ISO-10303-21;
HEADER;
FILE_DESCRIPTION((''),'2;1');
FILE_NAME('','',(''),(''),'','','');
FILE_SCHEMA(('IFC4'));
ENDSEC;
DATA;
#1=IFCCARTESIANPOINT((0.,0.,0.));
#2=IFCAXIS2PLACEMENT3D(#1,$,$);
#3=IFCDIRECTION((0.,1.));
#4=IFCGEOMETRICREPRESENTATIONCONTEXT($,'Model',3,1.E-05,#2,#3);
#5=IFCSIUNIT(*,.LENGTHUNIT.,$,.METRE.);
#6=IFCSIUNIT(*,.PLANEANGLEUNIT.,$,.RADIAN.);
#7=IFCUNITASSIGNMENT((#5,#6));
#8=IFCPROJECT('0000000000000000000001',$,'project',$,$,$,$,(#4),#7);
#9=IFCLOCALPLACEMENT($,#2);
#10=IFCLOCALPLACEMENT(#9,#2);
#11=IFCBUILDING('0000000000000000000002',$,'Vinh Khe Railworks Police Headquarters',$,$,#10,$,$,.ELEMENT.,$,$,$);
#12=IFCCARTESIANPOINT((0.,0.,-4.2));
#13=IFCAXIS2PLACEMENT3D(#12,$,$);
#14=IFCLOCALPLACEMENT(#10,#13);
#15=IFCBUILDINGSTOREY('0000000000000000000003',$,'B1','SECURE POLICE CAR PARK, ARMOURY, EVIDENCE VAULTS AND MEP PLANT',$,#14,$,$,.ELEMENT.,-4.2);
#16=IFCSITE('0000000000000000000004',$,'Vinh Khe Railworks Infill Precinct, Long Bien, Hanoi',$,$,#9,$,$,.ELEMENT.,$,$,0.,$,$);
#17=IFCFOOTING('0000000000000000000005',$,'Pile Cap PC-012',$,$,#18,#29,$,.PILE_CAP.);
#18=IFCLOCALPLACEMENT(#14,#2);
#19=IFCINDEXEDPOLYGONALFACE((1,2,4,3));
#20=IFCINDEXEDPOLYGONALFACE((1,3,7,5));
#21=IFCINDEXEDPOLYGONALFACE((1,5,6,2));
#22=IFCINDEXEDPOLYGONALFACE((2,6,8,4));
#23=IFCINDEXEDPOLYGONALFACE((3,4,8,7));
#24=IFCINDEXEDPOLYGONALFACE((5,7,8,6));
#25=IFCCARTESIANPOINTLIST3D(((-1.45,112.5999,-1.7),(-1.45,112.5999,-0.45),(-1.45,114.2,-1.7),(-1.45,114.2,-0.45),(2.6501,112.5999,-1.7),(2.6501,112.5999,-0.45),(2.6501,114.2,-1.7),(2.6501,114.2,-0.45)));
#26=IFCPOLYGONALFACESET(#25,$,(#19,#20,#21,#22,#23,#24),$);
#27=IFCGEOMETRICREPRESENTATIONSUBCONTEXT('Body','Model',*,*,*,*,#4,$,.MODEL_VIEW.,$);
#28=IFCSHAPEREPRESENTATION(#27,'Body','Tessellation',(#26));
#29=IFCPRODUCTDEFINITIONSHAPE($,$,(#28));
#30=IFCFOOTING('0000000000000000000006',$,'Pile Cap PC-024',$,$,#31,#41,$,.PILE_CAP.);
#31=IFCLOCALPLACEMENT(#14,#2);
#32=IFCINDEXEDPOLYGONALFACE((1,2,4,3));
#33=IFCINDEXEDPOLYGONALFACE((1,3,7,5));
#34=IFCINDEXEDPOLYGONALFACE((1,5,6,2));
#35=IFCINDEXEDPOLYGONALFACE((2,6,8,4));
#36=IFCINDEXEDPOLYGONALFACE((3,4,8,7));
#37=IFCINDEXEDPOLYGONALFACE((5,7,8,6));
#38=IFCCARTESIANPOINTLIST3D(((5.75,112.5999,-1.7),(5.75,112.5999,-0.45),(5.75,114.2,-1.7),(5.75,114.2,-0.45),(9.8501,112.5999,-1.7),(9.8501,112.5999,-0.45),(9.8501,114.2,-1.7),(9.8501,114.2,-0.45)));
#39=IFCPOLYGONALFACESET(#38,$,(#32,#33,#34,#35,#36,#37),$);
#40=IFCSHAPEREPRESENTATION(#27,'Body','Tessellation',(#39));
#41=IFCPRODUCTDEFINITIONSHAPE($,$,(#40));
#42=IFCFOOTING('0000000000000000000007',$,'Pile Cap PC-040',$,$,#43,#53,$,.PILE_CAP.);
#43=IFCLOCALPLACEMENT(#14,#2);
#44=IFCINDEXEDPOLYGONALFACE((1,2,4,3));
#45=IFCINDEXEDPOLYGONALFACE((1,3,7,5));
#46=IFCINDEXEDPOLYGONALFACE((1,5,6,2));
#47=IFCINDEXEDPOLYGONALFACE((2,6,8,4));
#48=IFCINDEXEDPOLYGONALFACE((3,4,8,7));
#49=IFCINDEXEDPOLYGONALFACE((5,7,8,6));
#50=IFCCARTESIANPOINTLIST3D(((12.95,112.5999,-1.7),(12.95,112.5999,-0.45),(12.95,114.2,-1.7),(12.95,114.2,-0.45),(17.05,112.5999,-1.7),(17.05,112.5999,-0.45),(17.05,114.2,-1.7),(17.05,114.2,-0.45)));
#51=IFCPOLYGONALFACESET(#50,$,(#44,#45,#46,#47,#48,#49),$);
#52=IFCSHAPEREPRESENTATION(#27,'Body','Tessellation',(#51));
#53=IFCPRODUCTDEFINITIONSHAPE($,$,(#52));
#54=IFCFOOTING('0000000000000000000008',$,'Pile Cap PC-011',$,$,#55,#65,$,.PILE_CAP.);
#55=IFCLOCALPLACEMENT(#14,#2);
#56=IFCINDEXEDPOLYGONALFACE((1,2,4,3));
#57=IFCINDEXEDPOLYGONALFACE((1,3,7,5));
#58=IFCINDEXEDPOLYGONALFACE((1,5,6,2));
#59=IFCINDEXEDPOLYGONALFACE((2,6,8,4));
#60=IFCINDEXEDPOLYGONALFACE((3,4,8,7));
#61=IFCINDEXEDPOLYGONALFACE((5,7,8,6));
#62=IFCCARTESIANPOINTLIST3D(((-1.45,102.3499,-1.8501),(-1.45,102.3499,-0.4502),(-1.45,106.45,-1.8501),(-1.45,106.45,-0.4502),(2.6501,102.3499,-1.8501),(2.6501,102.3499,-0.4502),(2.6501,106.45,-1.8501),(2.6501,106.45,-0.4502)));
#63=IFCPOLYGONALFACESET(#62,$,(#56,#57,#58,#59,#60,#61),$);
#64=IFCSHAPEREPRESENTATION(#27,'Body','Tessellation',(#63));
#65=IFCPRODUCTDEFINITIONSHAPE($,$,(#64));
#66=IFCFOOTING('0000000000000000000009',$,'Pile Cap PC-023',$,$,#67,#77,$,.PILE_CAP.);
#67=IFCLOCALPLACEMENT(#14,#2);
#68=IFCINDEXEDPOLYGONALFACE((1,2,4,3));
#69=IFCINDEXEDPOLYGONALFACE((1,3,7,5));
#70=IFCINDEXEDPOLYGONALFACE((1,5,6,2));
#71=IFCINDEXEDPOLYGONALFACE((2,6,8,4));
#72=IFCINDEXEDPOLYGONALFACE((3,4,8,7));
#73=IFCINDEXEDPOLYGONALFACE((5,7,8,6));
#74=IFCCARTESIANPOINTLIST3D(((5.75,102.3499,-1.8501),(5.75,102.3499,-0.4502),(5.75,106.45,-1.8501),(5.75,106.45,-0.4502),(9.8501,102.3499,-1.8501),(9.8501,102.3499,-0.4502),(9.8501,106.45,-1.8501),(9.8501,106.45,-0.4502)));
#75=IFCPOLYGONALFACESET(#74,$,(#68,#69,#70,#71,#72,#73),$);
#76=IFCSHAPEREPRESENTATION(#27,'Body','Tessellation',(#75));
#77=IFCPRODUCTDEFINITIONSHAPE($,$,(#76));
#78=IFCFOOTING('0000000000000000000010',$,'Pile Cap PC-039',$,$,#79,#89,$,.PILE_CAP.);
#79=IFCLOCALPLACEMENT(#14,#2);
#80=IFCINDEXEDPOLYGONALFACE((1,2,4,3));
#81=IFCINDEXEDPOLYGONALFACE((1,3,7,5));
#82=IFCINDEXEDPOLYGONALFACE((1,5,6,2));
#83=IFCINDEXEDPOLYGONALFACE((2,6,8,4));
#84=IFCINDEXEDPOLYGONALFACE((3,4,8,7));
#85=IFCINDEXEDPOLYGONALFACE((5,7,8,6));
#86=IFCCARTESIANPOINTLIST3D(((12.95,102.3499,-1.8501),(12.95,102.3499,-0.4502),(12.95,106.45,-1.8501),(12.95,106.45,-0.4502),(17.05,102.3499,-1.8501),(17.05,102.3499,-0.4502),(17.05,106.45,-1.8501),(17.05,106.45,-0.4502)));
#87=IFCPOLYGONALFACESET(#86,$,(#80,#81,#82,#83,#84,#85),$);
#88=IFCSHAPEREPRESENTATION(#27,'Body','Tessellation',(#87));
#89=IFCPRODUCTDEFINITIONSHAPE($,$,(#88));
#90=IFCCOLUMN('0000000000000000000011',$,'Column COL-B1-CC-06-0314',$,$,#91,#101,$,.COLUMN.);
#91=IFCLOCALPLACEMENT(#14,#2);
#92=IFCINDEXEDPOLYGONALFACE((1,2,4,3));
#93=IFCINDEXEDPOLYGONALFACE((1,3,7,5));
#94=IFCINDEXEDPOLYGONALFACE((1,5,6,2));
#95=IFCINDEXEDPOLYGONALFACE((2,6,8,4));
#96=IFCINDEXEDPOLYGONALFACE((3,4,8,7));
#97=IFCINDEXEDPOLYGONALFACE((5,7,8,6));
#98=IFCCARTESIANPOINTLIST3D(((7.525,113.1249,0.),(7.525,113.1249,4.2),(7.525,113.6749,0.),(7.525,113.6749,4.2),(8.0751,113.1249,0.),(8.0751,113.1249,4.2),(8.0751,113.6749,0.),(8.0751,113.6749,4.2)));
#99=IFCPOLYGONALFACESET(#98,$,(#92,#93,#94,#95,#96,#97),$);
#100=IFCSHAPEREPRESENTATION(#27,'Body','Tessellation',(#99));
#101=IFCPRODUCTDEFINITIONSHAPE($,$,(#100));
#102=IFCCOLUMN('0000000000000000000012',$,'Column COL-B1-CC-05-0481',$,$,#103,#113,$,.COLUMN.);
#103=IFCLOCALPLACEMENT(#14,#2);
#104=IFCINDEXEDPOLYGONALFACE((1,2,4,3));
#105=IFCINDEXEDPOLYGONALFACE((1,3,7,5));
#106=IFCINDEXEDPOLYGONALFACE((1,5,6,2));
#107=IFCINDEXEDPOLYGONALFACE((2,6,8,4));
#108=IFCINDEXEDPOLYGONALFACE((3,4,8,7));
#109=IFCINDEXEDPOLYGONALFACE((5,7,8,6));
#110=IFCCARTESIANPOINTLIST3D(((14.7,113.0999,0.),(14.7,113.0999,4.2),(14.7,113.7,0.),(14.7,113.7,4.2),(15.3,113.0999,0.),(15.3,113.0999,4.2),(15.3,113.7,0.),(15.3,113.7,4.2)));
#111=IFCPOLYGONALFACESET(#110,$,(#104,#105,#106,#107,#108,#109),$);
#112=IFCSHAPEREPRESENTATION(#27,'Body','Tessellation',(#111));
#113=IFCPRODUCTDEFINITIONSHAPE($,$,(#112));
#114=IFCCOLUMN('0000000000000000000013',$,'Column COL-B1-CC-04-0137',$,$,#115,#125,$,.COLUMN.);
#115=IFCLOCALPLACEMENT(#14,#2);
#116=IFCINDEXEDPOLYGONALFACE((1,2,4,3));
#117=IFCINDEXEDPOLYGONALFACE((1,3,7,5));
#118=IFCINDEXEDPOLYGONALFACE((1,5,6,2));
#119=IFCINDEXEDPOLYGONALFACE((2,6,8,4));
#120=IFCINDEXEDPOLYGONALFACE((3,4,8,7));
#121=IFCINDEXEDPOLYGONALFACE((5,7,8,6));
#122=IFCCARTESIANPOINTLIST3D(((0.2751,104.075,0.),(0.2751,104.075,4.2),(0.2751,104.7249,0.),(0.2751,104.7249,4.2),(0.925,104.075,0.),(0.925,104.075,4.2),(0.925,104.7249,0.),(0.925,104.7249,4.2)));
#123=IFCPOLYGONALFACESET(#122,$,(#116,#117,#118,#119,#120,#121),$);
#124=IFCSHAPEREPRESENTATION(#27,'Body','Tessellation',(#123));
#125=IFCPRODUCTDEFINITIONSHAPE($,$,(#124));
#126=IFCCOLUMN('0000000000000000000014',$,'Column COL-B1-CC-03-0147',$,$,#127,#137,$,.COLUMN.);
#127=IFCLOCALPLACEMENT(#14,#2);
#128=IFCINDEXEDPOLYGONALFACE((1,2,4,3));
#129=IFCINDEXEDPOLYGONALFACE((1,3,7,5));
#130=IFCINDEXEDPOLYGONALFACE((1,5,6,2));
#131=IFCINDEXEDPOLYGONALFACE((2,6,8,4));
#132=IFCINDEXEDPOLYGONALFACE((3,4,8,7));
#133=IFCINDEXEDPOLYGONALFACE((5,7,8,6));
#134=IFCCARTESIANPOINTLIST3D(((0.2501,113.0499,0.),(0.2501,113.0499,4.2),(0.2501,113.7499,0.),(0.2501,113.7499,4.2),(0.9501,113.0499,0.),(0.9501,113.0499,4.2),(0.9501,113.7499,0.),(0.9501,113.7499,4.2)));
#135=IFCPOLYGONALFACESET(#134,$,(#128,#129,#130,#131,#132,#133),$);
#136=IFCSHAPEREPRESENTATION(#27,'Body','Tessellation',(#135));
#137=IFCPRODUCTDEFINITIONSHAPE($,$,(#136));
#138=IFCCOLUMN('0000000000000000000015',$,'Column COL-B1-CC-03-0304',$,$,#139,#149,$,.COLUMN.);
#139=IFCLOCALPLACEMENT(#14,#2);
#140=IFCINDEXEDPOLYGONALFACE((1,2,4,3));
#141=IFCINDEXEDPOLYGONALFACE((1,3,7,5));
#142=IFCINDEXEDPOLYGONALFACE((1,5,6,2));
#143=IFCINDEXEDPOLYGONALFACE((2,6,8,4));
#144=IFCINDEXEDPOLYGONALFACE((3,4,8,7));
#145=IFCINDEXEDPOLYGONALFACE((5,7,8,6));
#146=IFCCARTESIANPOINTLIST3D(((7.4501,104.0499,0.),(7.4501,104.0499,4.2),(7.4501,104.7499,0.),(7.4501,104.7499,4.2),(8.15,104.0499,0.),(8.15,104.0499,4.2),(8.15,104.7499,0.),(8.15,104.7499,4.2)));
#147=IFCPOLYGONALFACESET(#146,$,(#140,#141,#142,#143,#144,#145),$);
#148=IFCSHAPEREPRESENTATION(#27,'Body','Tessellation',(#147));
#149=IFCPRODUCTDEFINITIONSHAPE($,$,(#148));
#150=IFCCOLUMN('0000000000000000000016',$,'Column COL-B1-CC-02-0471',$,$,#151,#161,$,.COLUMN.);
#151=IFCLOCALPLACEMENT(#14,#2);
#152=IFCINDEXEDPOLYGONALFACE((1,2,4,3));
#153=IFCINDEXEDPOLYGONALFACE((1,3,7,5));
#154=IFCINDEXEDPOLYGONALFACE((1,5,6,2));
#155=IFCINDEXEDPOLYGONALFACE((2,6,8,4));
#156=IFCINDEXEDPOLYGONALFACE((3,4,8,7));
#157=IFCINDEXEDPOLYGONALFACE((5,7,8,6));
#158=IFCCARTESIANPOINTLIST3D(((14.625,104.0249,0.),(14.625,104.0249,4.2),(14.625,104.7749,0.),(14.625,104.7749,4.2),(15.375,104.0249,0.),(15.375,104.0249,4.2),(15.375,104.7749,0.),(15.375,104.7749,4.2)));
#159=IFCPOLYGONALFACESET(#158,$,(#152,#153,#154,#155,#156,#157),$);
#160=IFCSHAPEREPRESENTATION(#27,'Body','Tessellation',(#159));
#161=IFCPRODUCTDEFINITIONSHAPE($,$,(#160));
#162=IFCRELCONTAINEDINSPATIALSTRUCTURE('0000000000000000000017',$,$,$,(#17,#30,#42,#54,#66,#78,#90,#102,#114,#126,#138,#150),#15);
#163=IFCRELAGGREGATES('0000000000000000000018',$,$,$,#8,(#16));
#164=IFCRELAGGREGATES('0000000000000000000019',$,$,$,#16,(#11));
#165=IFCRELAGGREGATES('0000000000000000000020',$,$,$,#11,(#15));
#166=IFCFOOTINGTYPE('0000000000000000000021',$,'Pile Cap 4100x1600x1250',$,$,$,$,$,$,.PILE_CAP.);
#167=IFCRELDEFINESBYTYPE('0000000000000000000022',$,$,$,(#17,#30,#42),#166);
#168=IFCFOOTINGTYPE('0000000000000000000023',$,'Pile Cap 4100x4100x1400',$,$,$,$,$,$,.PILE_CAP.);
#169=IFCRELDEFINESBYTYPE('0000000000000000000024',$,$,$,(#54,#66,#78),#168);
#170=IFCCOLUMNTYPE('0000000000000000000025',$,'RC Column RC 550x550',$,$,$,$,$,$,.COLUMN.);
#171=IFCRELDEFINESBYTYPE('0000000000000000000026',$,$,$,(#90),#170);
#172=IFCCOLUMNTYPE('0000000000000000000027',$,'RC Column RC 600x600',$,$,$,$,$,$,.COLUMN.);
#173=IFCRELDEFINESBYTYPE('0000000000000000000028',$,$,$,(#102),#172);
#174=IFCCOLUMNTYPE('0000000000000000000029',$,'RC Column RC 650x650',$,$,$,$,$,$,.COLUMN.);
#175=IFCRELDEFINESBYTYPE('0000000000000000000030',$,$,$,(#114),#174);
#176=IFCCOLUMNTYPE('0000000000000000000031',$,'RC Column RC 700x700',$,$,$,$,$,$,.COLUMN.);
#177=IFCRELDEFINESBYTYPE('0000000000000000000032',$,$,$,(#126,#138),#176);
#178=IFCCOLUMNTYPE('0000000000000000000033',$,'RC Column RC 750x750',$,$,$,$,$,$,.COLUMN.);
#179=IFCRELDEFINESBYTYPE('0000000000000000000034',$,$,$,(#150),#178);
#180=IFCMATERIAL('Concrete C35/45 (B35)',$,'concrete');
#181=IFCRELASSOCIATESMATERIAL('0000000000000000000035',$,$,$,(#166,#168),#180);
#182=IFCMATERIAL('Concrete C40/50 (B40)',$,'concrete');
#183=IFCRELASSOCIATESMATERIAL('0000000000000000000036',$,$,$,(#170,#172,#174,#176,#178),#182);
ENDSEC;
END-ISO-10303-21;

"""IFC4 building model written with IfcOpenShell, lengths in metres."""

from ifc_helpers import new_model, si_unit, direction, frame, origin, origin_2d, place, context, subcontext, project, spatial, rectangle, extrude, material, material_profile, profile_set, type_object, element, save


model = new_model("IFC4")

# Units and contexts
model_context = context("Model", 3, precision=1e-05, world=origin(), true_north=direction((0.0, 1.0)))
body_context = subcontext(model_context, "Body", "Model", "MODEL_VIEW")
ifc_project = project(units=[si_unit("LENGTHUNIT", "METRE"), si_unit("PLANEANGLEUNIT", "RADIAN")], contexts=[model_context])

# Site, building, storey
site_placement = place(None, origin())
site = spatial("IfcSite", under=ifc_project, at=site_placement, Name="Vinh Khe Railworks Infill Precinct, Long Bien, Hanoi", CompositionType="ELEMENT", RefElevation=0.0)
building_placement = place(site_placement, origin())
building = spatial("IfcBuilding", under=site, at=building_placement, Name="Vinh Khe Railworks Police Headquarters", CompositionType="ELEMENT")
storey_placement = place(building_placement, frame((0.0, 0.0, -4.2)))
storey = spatial("IfcBuildingStorey", under=building, at=storey_placement, Name="B1", Description="SECURE POLICE CAR PARK, ARMOURY, EVIDENCE VAULTS AND MEP PLANT", CompositionType="ELEMENT", Elevation=-4.2)

# Shared definitions
ifc_material_1 = material(Name="Concrete C35/45 (B35)", Category="concrete")

# Footings
footing_type_1 = type_object("IfcFootingType", Name="Pile Cap 4100x1600x1250", PredefinedType="PILE_CAP", material=ifc_material_1)
for number, where, z_axis, x_axis, name in (
    (1, (0.6001, 113.3999, -1.7), (0.0, 0.0, 1.0), (1.0, 0.0, 0.0), "Pile Cap PC-012"),
    (2, (7.8, 113.3999, -1.7), (0.0, 0.0, 1.0), (1.0, 0.0, 0.0), "Pile Cap PC-024"),
    (3, (15.0, 113.3999, -1.7), (0.0, 0.0, 1.0), (1.0, 0.0, 0.0), "Pile Cap PC-040"),
):
    element("IfcFooting", number, at=place(storey_placement, frame(where, z_axis=z_axis, x_axis=x_axis)), inside=storey, type_object=footing_type_1, Name=name, PredefinedType="PILE_CAP", context=body_context, shape_type="SweptSolid", body=[
        extrude(rectangle(XDim=4.1001, YDim=1.6001, at=origin_2d()), origin(), (0.0, 0.0, 1.0), 1.25),
    ])
footing_type_2 = type_object("IfcFootingType", Name="Pile Cap 4100x4100x1400", PredefinedType="PILE_CAP", material=ifc_material_1)
for number, where, z_axis, x_axis, name in (
    (4, (0.6001, 104.3999, -1.8501), (0.0, 0.0, 1.0), (1.0, 0.0, 0.0), "Pile Cap PC-011"),
    (5, (7.8, 104.3999, -1.8501), (0.0, 0.0, 1.0), (1.0, 0.0, 0.0), "Pile Cap PC-023"),
    (6, (15.0, 104.3999, -1.8501), (0.0, 0.0, 1.0), (1.0, 0.0, 0.0), "Pile Cap PC-039"),
):
    element("IfcFooting", number, at=place(storey_placement, frame(where, z_axis=z_axis, x_axis=x_axis)), inside=storey, type_object=footing_type_2, Name=name, PredefinedType="PILE_CAP", context=body_context, shape_type="SweptSolid", body=[
        extrude(rectangle(XDim=4.1001, YDim=4.1001, at=origin_2d()), origin(), (0.0, 0.0, 1.0), 1.3999),
    ])

# Columns
ifc_material_2 = material(Name="Concrete C40/50 (B40)", Category="concrete")
ifc_material_profile_1 = material_profile(ifc_material_2, rectangle(XDim=0.55, YDim=0.55, at=origin_2d()), Name="RC 550x550")
ifc_profile_set_1 = profile_set([ifc_material_profile_1], Name="Concrete C40/50 (B40)")
column_type_1 = type_object("IfcColumnType", Name="RC Column RC 550x550", PredefinedType="COLUMN", material=ifc_profile_set_1)
column_1_placement = place(storey_placement, frame((7.8, 113.3999, 0.0), z_axis=(0.0, 0.0, 1.0), x_axis=(1.0, 0.0, 0.0)))
element("IfcColumn", 7, at=column_1_placement, inside=storey, type_object=column_type_1, Name="Column COL-B1-CC-06-0314", PredefinedType="COLUMN", context=body_context, shape_type="SweptSolid", body=[
    extrude(rectangle(XDim=0.55, YDim=0.55, at=origin_2d()), origin(), (0.0, 0.0, 1.0), 4.2),
])
ifc_material_profile_2 = material_profile(ifc_material_2, rectangle(XDim=0.6001, YDim=0.6001, at=origin_2d()), Name="RC 600x600")
ifc_profile_set_2 = profile_set([ifc_material_profile_2], Name="Concrete C40/50 (B40)")
column_type_2 = type_object("IfcColumnType", Name="RC Column RC 600x600", PredefinedType="COLUMN", material=ifc_profile_set_2)
column_2_placement = place(storey_placement, frame((15.0, 113.3999, 0.0), z_axis=(0.0, 0.0, 1.0), x_axis=(1.0, 0.0, 0.0)))
element("IfcColumn", 8, at=column_2_placement, inside=storey, type_object=column_type_2, Name="Column COL-B1-CC-05-0481", PredefinedType="COLUMN", context=body_context, shape_type="SweptSolid", body=[
    extrude(rectangle(XDim=0.6001, YDim=0.6001, at=origin_2d()), origin(), (0.0, 0.0, 1.0), 4.2),
])
ifc_material_profile_3 = material_profile(ifc_material_2, rectangle(XDim=0.6499, YDim=0.6499, at=origin_2d()), Name="RC 650x650")
ifc_profile_set_3 = profile_set([ifc_material_profile_3], Name="Concrete C40/50 (B40)")
column_type_3 = type_object("IfcColumnType", Name="RC Column RC 650x650", PredefinedType="COLUMN", material=ifc_profile_set_3)
column_3_placement = place(storey_placement, frame((0.6001, 104.3999, 0.0), z_axis=(0.0, 0.0, 1.0), x_axis=(1.0, 0.0, 0.0)))
element("IfcColumn", 9, at=column_3_placement, inside=storey, type_object=column_type_3, Name="Column COL-B1-CC-04-0137", PredefinedType="COLUMN", context=body_context, shape_type="SweptSolid", body=[
    extrude(rectangle(XDim=0.6499, YDim=0.6499, at=origin_2d()), origin(), (0.0, 0.0, 1.0), 4.2),
])
ifc_material_profile_4 = material_profile(ifc_material_2, rectangle(XDim=0.7, YDim=0.7, at=origin_2d()), Name="RC 700x700")
ifc_profile_set_4 = profile_set([ifc_material_profile_4], Name="Concrete C40/50 (B40)")
column_type_4 = type_object("IfcColumnType", Name="RC Column RC 700x700", PredefinedType="COLUMN", material=ifc_profile_set_4)
for number, where, z_axis, x_axis, name in (
    (10, (0.6001, 113.3999, 0.0), (0.0, 0.0, 1.0), (1.0, 0.0, 0.0), "Column COL-B1-CC-03-0147"),
    (11, (7.8, 104.3999, 0.0), (0.0, 0.0, 1.0), (1.0, 0.0, 0.0), "Column COL-B1-CC-03-0304"),
):
    element("IfcColumn", number, at=place(storey_placement, frame(where, z_axis=z_axis, x_axis=x_axis)), inside=storey, type_object=column_type_4, Name=name, PredefinedType="COLUMN", context=body_context, shape_type="SweptSolid", body=[
        extrude(rectangle(XDim=0.7, YDim=0.7, at=origin_2d()), origin(), (0.0, 0.0, 1.0), 4.2),
    ])
ifc_material_profile_5 = material_profile(ifc_material_2, rectangle(XDim=0.75, YDim=0.75, at=origin_2d()), Name="RC 750x750")
ifc_profile_set_5 = profile_set([ifc_material_profile_5], Name="Concrete C40/50 (B40)")
column_type_5 = type_object("IfcColumnType", Name="RC Column RC 750x750", PredefinedType="COLUMN", material=ifc_profile_set_5)
column_4_placement = place(storey_placement, frame((15.0, 104.3999, 0.0), z_axis=(0.0, 0.0, 1.0), x_axis=(1.0, 0.0, 0.0)))
element("IfcColumn", 12, at=column_4_placement, inside=storey, type_object=column_type_5, Name="Column COL-B1-CC-02-0471", PredefinedType="COLUMN", context=body_context, shape_type="SweptSolid", body=[
    extrude(rectangle(XDim=0.75, YDim=0.75, at=origin_2d()), origin(), (0.0, 0.0, 1.0), 4.2),
])

save(model, "model.ifc")
